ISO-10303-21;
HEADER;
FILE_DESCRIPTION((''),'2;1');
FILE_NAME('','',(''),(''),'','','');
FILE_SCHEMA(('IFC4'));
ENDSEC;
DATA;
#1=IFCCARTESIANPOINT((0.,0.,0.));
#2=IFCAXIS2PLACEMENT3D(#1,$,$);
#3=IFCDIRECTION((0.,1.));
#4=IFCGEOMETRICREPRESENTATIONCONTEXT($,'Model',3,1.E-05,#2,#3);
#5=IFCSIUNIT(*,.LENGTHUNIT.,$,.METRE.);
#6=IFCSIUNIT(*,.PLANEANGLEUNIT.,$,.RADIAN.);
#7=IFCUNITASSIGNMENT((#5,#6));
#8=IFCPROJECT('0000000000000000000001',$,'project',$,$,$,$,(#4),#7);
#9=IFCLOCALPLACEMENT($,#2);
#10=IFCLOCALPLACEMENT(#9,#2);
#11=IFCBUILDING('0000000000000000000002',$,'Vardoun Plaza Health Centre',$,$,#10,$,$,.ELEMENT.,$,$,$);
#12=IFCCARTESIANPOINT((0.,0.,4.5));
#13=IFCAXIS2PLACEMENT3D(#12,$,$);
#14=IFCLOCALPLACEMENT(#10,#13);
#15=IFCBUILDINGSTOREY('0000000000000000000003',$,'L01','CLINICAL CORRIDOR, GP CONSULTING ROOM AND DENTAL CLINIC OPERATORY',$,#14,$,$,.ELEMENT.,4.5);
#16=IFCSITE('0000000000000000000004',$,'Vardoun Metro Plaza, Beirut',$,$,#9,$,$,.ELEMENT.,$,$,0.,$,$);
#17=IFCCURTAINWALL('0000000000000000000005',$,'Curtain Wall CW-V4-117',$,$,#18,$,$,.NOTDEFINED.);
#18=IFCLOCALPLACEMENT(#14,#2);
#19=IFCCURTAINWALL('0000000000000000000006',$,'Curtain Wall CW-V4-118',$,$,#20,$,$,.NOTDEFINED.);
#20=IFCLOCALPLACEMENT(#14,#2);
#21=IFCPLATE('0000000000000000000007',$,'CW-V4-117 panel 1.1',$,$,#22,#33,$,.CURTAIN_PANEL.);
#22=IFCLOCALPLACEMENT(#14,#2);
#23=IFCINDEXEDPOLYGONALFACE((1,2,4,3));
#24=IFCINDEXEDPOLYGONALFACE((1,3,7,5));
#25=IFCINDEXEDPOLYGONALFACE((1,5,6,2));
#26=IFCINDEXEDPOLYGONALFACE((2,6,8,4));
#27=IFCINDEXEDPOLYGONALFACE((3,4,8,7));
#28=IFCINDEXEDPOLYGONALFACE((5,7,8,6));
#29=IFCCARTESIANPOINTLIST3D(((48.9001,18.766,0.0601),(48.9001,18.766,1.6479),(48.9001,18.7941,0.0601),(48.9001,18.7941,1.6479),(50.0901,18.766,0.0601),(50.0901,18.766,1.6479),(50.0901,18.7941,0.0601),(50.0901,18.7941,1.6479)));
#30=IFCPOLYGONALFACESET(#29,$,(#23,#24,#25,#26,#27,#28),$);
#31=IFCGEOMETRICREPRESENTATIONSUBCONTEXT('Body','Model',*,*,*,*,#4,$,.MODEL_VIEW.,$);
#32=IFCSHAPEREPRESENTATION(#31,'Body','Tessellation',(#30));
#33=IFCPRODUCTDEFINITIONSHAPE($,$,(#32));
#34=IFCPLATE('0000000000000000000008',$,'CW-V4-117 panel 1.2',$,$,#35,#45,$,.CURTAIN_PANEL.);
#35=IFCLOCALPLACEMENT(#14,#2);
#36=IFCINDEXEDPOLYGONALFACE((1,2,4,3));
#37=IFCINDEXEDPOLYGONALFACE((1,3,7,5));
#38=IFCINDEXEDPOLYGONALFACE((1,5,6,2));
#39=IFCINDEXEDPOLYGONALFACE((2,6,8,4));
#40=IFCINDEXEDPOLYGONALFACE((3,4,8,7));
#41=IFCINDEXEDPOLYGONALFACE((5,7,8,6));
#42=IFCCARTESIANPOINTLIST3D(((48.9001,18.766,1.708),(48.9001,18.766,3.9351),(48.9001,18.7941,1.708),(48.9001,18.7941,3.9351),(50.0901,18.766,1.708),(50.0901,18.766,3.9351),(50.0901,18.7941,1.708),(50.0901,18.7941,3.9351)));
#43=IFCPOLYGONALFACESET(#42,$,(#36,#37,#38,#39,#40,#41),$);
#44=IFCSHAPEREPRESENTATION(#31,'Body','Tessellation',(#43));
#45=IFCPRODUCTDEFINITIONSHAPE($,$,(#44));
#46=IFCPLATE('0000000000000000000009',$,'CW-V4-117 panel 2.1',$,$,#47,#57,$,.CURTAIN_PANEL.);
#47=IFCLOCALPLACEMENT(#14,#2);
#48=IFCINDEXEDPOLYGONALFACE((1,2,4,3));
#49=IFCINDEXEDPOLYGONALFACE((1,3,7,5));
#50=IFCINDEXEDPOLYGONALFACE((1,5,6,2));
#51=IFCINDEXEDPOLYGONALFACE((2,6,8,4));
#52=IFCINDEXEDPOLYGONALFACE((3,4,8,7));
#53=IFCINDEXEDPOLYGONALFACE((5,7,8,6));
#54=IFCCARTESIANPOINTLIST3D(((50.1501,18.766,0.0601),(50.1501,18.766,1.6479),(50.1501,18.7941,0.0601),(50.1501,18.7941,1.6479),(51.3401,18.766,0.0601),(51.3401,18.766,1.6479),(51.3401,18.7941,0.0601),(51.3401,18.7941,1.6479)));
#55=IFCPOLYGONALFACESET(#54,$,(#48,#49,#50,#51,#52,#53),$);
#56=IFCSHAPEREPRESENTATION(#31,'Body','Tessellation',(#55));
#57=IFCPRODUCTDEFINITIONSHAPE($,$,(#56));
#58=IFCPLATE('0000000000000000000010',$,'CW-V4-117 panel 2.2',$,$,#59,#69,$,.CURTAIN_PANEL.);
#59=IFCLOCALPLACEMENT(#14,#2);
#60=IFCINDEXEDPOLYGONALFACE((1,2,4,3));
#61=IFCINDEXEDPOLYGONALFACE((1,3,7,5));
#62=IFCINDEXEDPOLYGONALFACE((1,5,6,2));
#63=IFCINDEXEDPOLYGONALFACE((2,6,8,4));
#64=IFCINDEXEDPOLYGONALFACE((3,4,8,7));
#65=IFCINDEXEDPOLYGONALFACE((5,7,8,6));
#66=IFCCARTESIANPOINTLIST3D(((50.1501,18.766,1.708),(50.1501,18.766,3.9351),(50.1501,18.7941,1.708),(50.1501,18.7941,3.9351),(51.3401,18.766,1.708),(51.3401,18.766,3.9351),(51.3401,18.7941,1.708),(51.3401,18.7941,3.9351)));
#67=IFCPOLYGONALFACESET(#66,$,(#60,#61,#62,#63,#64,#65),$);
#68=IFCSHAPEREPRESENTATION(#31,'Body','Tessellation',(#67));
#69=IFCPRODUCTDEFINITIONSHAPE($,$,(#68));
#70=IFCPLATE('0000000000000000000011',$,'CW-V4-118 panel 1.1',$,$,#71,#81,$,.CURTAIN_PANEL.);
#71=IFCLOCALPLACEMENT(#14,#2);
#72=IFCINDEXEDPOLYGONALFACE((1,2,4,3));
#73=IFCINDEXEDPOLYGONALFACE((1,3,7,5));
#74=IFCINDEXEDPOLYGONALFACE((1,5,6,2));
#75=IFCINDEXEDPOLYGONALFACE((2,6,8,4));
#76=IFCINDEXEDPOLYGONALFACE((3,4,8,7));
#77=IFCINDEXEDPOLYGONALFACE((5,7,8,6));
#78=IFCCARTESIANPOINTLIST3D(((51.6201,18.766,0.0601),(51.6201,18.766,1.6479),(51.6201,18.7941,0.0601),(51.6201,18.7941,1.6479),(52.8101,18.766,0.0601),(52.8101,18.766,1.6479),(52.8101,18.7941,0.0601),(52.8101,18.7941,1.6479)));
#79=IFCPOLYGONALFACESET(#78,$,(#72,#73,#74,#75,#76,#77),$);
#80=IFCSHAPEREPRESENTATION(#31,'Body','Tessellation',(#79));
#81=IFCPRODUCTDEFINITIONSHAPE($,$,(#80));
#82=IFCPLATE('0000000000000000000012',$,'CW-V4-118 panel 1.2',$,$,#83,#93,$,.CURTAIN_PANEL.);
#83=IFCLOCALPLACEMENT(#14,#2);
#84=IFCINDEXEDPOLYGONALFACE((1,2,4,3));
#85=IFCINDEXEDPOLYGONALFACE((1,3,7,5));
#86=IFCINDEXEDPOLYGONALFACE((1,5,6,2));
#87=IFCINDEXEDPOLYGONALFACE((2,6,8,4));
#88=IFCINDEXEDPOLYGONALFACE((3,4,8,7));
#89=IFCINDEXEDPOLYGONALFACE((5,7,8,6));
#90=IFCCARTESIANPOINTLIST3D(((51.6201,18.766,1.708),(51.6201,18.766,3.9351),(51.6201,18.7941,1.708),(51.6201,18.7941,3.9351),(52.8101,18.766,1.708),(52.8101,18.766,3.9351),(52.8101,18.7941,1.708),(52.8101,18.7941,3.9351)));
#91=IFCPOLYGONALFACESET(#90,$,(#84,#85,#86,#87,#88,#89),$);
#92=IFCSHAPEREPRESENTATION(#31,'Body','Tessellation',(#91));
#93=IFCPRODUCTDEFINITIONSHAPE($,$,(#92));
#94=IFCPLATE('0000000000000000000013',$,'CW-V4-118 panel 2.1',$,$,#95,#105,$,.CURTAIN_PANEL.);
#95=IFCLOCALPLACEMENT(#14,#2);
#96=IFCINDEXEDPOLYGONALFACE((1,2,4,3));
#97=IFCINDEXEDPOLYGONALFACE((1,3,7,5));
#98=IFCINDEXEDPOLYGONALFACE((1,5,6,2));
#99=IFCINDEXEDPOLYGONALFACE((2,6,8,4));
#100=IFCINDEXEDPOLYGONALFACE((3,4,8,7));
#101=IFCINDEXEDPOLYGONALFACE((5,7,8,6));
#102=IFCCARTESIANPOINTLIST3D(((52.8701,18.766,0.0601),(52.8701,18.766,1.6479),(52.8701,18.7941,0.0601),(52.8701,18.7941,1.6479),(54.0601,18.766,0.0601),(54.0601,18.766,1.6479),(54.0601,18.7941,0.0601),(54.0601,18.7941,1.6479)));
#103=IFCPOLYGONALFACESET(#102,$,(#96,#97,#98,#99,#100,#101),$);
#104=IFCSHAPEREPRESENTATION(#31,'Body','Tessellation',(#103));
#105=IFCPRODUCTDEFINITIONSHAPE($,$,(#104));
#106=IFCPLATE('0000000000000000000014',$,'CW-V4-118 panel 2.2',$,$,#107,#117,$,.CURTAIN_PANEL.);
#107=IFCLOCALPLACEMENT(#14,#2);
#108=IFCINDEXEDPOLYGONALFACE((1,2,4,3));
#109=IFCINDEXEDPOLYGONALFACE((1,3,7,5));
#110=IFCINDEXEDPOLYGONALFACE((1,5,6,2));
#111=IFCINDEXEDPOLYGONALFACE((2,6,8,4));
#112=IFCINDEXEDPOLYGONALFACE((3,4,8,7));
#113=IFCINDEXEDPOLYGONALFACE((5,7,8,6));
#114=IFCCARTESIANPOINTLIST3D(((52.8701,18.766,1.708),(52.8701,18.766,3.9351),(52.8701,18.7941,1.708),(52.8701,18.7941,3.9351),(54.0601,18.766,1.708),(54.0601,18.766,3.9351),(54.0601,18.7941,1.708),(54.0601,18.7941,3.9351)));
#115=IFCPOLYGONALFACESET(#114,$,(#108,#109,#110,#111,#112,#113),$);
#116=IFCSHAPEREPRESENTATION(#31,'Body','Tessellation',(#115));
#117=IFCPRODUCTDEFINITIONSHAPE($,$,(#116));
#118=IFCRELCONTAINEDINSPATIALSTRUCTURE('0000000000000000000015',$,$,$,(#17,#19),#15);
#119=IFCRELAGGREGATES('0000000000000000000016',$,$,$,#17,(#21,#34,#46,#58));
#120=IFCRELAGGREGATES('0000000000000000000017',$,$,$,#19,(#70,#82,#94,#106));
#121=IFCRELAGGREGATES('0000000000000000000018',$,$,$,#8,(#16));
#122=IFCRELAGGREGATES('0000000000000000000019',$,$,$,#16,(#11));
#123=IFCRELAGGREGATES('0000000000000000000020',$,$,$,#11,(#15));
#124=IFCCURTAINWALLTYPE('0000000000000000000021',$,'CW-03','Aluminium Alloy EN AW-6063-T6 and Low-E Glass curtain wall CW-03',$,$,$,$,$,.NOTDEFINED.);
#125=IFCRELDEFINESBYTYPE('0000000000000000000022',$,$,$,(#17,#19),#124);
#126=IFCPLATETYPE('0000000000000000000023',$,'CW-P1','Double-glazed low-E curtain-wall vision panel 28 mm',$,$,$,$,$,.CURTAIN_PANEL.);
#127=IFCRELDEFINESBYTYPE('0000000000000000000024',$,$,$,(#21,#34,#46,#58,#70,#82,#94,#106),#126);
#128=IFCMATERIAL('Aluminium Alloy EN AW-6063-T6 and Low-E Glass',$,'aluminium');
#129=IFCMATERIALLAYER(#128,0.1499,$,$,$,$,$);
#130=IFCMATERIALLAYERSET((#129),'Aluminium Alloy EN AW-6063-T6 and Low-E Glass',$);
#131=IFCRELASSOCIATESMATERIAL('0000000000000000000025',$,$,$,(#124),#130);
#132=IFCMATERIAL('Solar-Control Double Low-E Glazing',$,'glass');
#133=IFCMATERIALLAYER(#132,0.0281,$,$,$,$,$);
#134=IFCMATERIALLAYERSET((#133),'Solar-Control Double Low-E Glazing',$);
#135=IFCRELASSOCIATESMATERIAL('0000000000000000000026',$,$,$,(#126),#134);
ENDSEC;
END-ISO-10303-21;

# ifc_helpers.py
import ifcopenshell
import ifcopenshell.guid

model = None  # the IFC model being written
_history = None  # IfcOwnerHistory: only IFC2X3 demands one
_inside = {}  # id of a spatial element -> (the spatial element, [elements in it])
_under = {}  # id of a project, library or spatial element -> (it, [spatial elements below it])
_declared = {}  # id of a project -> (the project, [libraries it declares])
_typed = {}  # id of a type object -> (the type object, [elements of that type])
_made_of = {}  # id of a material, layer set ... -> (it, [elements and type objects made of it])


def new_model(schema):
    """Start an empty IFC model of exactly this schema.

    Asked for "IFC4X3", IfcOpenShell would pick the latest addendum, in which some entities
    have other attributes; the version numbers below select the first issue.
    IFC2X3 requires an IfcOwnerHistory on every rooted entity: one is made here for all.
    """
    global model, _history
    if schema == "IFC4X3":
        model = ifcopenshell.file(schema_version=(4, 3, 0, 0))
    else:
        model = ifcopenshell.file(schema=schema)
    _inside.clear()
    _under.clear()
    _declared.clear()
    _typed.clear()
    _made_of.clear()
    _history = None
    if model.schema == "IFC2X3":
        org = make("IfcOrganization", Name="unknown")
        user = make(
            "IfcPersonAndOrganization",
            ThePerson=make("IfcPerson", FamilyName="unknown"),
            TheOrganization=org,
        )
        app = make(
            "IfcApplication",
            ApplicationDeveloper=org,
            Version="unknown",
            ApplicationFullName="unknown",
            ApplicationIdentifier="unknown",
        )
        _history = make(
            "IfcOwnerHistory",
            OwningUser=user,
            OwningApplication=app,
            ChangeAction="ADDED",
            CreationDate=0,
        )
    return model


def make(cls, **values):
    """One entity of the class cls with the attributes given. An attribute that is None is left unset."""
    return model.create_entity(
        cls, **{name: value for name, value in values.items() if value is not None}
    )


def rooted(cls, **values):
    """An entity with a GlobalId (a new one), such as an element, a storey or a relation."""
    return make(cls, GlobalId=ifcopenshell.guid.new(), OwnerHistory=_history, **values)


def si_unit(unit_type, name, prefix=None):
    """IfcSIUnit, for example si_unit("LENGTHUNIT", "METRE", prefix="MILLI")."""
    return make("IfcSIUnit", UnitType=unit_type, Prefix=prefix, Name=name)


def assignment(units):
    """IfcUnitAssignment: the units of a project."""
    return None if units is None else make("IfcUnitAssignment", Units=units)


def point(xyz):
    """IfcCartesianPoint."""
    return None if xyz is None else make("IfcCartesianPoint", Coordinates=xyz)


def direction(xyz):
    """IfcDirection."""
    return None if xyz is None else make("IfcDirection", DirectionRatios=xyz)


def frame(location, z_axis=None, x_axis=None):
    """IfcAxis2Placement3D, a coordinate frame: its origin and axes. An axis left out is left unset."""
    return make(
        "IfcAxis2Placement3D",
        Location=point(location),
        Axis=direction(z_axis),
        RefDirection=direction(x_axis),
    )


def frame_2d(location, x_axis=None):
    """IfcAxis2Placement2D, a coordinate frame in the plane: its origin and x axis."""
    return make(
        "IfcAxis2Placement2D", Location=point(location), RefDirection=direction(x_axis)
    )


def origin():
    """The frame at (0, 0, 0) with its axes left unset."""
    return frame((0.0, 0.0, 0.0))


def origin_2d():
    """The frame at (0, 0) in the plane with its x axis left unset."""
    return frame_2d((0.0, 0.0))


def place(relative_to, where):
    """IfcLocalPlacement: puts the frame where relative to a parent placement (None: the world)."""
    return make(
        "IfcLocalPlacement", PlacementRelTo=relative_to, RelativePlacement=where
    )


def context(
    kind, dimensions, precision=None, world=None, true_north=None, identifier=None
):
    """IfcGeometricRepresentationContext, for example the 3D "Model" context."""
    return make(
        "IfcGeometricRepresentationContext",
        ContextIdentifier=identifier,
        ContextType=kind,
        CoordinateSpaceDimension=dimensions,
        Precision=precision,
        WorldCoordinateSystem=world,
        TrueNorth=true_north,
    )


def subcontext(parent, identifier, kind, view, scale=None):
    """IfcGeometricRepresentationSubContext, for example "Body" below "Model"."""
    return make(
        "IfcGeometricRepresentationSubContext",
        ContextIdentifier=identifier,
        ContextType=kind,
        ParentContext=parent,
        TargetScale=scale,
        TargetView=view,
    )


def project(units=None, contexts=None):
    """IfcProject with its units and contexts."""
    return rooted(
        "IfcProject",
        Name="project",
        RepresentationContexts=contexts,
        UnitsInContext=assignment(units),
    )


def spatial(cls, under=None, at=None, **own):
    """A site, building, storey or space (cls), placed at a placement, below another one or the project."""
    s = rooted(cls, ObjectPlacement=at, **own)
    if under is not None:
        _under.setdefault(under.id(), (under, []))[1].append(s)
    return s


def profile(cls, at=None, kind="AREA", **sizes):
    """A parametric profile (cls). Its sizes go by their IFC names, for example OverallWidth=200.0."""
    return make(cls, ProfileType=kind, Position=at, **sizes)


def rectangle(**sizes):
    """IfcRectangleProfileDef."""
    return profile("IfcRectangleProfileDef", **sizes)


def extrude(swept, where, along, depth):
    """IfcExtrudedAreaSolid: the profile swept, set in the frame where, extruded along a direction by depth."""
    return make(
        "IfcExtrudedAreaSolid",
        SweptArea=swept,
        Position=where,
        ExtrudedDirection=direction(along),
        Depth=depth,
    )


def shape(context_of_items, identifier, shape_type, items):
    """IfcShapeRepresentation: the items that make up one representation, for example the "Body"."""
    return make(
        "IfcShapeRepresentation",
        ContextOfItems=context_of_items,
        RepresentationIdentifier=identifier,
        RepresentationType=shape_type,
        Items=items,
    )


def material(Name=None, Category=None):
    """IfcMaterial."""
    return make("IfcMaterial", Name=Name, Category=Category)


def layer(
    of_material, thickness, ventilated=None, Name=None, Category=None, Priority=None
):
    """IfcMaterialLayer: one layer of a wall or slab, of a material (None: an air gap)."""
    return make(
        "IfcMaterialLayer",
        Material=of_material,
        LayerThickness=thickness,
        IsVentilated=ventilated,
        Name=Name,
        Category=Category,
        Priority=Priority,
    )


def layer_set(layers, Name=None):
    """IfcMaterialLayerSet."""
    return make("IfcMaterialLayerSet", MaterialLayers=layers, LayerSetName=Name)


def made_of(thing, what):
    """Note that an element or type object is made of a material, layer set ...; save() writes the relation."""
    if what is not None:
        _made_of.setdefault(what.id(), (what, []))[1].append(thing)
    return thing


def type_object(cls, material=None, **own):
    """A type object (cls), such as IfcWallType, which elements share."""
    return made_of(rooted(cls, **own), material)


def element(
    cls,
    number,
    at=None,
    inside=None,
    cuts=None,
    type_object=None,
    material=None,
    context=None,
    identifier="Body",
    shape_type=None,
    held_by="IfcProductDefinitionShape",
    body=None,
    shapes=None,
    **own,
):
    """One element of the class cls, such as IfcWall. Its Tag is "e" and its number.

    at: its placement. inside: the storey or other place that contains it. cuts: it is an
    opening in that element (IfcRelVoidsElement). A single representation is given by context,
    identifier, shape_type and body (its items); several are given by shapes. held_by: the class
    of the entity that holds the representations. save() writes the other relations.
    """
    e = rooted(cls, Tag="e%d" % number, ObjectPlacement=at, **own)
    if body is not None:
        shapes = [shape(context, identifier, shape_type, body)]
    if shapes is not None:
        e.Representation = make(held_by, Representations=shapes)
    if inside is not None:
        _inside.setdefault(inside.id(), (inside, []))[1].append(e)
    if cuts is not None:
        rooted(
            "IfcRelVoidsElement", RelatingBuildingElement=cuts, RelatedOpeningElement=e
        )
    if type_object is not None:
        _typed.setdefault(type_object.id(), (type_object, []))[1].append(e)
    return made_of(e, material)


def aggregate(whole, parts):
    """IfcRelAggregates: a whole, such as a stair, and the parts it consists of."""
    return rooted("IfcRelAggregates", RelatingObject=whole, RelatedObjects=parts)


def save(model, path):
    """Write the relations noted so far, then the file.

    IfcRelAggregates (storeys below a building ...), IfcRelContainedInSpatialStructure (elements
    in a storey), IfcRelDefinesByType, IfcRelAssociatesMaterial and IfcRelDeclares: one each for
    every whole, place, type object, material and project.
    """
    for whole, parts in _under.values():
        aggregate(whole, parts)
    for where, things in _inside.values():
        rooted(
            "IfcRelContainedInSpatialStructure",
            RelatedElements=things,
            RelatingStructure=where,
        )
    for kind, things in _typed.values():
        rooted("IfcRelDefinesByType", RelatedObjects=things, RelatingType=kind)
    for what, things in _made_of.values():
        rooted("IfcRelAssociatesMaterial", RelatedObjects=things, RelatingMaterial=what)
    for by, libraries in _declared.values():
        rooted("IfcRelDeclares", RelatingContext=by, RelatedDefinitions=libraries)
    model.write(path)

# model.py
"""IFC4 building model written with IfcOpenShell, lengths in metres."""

from ifc_helpers import new_model, si_unit, direction, frame, origin, origin_2d, place, context, subcontext, project, spatial, rectangle, extrude, material, layer, layer_set, type_object, element, aggregate, save


model = new_model("IFC4")

# Units and contexts
model_context = context("Model", 3, precision=1e-05, world=origin(), true_north=direction((0.0, 1.0)))
body_context = subcontext(model_context, "Body", "Model", "MODEL_VIEW")
ifc_project = project(units=[si_unit("LENGTHUNIT", "METRE"), si_unit("PLANEANGLEUNIT", "RADIAN")], contexts=[model_context])

# Site, building, storey
site_placement = place(None, origin())
site = spatial("IfcSite", under=ifc_project, at=site_placement, Name="Vardoun Metro Plaza, Beirut", CompositionType="ELEMENT", RefElevation=0.0)
building_placement = place(site_placement, origin())
building = spatial("IfcBuilding", under=site, at=building_placement, Name="Vardoun Plaza Health Centre", CompositionType="ELEMENT")
storey_placement = place(building_placement, frame((0.0, 0.0, 4.5)))
storey = spatial("IfcBuildingStorey", under=building, at=storey_placement, Name="L01", Description="CLINICAL CORRIDOR, GP CONSULTING ROOM AND DENTAL CLINIC OPERATORY", CompositionType="ELEMENT", Elevation=4.5)

# Curtain walls
ifc_material_1 = material(Name="Aluminium Alloy EN AW-6063-T6 and Low-E Glass", Category="aluminium")
ifc_layer_1 = layer(ifc_material_1, 0.1499)
ifc_layer_set_1 = layer_set([ifc_layer_1], Name="Aluminium Alloy EN AW-6063-T6 and Low-E Glass")
curtain_wall_type = type_object("IfcCurtainWallType", Name="CW-03", Description="Aluminium Alloy EN AW-6063-T6 and Low-E Glass curtain wall CW-03", PredefinedType="NOTDEFINED", material=ifc_layer_set_1)
curtain_wall_1_placement = place(storey_placement, origin())
curtain_wall_1 = element("IfcCurtainWall", 1, at=curtain_wall_1_placement, inside=storey, type_object=curtain_wall_type, Name="Curtain Wall CW-V4-117", PredefinedType="NOTDEFINED")
curtain_wall_2_placement = place(storey_placement, origin())
curtain_wall_2 = element("IfcCurtainWall", 2, at=curtain_wall_2_placement, inside=storey, type_object=curtain_wall_type, Name="Curtain Wall CW-V4-118", PredefinedType="NOTDEFINED")

# Plates
ifc_material_2 = material(Name="Solar-Control Double Low-E Glazing", Category="glass")
ifc_layer_2 = layer(ifc_material_2, 0.0281)
ifc_layer_set_2 = layer_set([ifc_layer_2], Name="Solar-Control Double Low-E Glazing")
plate_type = type_object("IfcPlateType", Name="CW-P1", Description="Double-glazed low-E curtain-wall vision panel 28 mm", PredefinedType="CURTAIN_PANEL", material=ifc_layer_set_2)
plate_1_placement = place(storey_placement, frame((49.4951, 18.78, 0.0601), z_axis=(0.0, 0.0, 1.0), x_axis=(1.0, 0.0, 0.0)))
plate_1 = element("IfcPlate", 3, at=plate_1_placement, type_object=plate_type, Name="CW-V4-117 panel 1.1", PredefinedType="CURTAIN_PANEL", context=body_context, shape_type="SweptSolid", body=[
    extrude(rectangle(XDim=1.1899, YDim=0.0281, at=origin_2d()), origin(), (0.0, 0.0, 1.0), 1.5879),
])
plate_2_placement = place(storey_placement, frame((49.4951, 18.78, 1.708), z_axis=(0.0, 0.0, 1.0), x_axis=(1.0, 0.0, 0.0)))
plate_2 = element("IfcPlate", 4, at=plate_2_placement, type_object=plate_type, Name="CW-V4-117 panel 1.2", PredefinedType="CURTAIN_PANEL", context=body_context, shape_type="SweptSolid", body=[
    extrude(rectangle(XDim=1.1899, YDim=0.0281, at=origin_2d()), origin(), (0.0, 0.0, 1.0), 2.2271),
])
plate_3_placement = place(storey_placement, frame((50.7451, 18.78, 0.0601), z_axis=(0.0, 0.0, 1.0), x_axis=(1.0, 0.0, 0.0)))
plate_3 = element("IfcPlate", 5, at=plate_3_placement, type_object=plate_type, Name="CW-V4-117 panel 2.1", PredefinedType="CURTAIN_PANEL", context=body_context, shape_type="SweptSolid", body=[
    extrude(rectangle(XDim=1.1899, YDim=0.0281, at=origin_2d()), origin(), (0.0, 0.0, 1.0), 1.5879),
])
plate_4_placement = place(storey_placement, frame((50.7451, 18.78, 1.708), z_axis=(0.0, 0.0, 1.0), x_axis=(1.0, 0.0, 0.0)))
plate_4 = element("IfcPlate", 6, at=plate_4_placement, type_object=plate_type, Name="CW-V4-117 panel 2.2", PredefinedType="CURTAIN_PANEL", context=body_context, shape_type="SweptSolid", body=[
    extrude(rectangle(XDim=1.1899, YDim=0.0281, at=origin_2d()), origin(), (0.0, 0.0, 1.0), 2.2271),
])
aggregate(curtain_wall_1, [plate_1, plate_2, plate_3, plate_4])
plate_5_placement = place(storey_placement, frame((52.2151, 18.78, 0.0601), z_axis=(0.0, 0.0, 1.0), x_axis=(1.0, 0.0, 0.0)))
plate_5 = element("IfcPlate", 7, at=plate_5_placement, type_object=plate_type, Name="CW-V4-118 panel 1.1", PredefinedType="CURTAIN_PANEL", context=body_context, shape_type="SweptSolid", body=[
    extrude(rectangle(XDim=1.1899, YDim=0.0281, at=origin_2d()), origin(), (0.0, 0.0, 1.0), 1.5879),
])
plate_6_placement = place(storey_placement, frame((52.2151, 18.78, 1.708), z_axis=(0.0, 0.0, 1.0), x_axis=(1.0, 0.0, 0.0)))
plate_6 = element("IfcPlate", 8, at=plate_6_placement, type_object=plate_type, Name="CW-V4-118 panel 1.2", PredefinedType="CURTAIN_PANEL", context=body_context, shape_type="SweptSolid", body=[
    extrude(rectangle(XDim=1.1899, YDim=0.0281, at=origin_2d()), origin(), (0.0, 0.0, 1.0), 2.2271),
])
plate_7_placement = place(storey_placement, frame((53.4651, 18.78, 0.0601), z_axis=(0.0, 0.0, 1.0), x_axis=(1.0, 0.0, 0.0)))
plate_7 = element("IfcPlate", 9, at=plate_7_placement, type_object=plate_type, Name="CW-V4-118 panel 2.1", PredefinedType="CURTAIN_PANEL", context=body_context, shape_type="SweptSolid", body=[
    extrude(rectangle(XDim=1.1899, YDim=0.0281, at=origin_2d()), origin(), (0.0, 0.0, 1.0), 1.5879),
])
plate_8_placement = place(storey_placement, frame((53.4651, 18.78, 1.708), z_axis=(0.0, 0.0, 1.0), x_axis=(1.0, 0.0, 0.0)))
plate_8 = element("IfcPlate", 10, at=plate_8_placement, type_object=plate_type, Name="CW-V4-118 panel 2.2", PredefinedType="CURTAIN_PANEL", context=body_context, shape_type="SweptSolid", body=[
    extrude(rectangle(XDim=1.1899, YDim=0.0281, at=origin_2d()), origin(), (0.0, 0.0, 1.0), 2.2271),
])
aggregate(curtain_wall_2, [plate_5, plate_6, plate_7, plate_8])

save(model, "model.ifc")
